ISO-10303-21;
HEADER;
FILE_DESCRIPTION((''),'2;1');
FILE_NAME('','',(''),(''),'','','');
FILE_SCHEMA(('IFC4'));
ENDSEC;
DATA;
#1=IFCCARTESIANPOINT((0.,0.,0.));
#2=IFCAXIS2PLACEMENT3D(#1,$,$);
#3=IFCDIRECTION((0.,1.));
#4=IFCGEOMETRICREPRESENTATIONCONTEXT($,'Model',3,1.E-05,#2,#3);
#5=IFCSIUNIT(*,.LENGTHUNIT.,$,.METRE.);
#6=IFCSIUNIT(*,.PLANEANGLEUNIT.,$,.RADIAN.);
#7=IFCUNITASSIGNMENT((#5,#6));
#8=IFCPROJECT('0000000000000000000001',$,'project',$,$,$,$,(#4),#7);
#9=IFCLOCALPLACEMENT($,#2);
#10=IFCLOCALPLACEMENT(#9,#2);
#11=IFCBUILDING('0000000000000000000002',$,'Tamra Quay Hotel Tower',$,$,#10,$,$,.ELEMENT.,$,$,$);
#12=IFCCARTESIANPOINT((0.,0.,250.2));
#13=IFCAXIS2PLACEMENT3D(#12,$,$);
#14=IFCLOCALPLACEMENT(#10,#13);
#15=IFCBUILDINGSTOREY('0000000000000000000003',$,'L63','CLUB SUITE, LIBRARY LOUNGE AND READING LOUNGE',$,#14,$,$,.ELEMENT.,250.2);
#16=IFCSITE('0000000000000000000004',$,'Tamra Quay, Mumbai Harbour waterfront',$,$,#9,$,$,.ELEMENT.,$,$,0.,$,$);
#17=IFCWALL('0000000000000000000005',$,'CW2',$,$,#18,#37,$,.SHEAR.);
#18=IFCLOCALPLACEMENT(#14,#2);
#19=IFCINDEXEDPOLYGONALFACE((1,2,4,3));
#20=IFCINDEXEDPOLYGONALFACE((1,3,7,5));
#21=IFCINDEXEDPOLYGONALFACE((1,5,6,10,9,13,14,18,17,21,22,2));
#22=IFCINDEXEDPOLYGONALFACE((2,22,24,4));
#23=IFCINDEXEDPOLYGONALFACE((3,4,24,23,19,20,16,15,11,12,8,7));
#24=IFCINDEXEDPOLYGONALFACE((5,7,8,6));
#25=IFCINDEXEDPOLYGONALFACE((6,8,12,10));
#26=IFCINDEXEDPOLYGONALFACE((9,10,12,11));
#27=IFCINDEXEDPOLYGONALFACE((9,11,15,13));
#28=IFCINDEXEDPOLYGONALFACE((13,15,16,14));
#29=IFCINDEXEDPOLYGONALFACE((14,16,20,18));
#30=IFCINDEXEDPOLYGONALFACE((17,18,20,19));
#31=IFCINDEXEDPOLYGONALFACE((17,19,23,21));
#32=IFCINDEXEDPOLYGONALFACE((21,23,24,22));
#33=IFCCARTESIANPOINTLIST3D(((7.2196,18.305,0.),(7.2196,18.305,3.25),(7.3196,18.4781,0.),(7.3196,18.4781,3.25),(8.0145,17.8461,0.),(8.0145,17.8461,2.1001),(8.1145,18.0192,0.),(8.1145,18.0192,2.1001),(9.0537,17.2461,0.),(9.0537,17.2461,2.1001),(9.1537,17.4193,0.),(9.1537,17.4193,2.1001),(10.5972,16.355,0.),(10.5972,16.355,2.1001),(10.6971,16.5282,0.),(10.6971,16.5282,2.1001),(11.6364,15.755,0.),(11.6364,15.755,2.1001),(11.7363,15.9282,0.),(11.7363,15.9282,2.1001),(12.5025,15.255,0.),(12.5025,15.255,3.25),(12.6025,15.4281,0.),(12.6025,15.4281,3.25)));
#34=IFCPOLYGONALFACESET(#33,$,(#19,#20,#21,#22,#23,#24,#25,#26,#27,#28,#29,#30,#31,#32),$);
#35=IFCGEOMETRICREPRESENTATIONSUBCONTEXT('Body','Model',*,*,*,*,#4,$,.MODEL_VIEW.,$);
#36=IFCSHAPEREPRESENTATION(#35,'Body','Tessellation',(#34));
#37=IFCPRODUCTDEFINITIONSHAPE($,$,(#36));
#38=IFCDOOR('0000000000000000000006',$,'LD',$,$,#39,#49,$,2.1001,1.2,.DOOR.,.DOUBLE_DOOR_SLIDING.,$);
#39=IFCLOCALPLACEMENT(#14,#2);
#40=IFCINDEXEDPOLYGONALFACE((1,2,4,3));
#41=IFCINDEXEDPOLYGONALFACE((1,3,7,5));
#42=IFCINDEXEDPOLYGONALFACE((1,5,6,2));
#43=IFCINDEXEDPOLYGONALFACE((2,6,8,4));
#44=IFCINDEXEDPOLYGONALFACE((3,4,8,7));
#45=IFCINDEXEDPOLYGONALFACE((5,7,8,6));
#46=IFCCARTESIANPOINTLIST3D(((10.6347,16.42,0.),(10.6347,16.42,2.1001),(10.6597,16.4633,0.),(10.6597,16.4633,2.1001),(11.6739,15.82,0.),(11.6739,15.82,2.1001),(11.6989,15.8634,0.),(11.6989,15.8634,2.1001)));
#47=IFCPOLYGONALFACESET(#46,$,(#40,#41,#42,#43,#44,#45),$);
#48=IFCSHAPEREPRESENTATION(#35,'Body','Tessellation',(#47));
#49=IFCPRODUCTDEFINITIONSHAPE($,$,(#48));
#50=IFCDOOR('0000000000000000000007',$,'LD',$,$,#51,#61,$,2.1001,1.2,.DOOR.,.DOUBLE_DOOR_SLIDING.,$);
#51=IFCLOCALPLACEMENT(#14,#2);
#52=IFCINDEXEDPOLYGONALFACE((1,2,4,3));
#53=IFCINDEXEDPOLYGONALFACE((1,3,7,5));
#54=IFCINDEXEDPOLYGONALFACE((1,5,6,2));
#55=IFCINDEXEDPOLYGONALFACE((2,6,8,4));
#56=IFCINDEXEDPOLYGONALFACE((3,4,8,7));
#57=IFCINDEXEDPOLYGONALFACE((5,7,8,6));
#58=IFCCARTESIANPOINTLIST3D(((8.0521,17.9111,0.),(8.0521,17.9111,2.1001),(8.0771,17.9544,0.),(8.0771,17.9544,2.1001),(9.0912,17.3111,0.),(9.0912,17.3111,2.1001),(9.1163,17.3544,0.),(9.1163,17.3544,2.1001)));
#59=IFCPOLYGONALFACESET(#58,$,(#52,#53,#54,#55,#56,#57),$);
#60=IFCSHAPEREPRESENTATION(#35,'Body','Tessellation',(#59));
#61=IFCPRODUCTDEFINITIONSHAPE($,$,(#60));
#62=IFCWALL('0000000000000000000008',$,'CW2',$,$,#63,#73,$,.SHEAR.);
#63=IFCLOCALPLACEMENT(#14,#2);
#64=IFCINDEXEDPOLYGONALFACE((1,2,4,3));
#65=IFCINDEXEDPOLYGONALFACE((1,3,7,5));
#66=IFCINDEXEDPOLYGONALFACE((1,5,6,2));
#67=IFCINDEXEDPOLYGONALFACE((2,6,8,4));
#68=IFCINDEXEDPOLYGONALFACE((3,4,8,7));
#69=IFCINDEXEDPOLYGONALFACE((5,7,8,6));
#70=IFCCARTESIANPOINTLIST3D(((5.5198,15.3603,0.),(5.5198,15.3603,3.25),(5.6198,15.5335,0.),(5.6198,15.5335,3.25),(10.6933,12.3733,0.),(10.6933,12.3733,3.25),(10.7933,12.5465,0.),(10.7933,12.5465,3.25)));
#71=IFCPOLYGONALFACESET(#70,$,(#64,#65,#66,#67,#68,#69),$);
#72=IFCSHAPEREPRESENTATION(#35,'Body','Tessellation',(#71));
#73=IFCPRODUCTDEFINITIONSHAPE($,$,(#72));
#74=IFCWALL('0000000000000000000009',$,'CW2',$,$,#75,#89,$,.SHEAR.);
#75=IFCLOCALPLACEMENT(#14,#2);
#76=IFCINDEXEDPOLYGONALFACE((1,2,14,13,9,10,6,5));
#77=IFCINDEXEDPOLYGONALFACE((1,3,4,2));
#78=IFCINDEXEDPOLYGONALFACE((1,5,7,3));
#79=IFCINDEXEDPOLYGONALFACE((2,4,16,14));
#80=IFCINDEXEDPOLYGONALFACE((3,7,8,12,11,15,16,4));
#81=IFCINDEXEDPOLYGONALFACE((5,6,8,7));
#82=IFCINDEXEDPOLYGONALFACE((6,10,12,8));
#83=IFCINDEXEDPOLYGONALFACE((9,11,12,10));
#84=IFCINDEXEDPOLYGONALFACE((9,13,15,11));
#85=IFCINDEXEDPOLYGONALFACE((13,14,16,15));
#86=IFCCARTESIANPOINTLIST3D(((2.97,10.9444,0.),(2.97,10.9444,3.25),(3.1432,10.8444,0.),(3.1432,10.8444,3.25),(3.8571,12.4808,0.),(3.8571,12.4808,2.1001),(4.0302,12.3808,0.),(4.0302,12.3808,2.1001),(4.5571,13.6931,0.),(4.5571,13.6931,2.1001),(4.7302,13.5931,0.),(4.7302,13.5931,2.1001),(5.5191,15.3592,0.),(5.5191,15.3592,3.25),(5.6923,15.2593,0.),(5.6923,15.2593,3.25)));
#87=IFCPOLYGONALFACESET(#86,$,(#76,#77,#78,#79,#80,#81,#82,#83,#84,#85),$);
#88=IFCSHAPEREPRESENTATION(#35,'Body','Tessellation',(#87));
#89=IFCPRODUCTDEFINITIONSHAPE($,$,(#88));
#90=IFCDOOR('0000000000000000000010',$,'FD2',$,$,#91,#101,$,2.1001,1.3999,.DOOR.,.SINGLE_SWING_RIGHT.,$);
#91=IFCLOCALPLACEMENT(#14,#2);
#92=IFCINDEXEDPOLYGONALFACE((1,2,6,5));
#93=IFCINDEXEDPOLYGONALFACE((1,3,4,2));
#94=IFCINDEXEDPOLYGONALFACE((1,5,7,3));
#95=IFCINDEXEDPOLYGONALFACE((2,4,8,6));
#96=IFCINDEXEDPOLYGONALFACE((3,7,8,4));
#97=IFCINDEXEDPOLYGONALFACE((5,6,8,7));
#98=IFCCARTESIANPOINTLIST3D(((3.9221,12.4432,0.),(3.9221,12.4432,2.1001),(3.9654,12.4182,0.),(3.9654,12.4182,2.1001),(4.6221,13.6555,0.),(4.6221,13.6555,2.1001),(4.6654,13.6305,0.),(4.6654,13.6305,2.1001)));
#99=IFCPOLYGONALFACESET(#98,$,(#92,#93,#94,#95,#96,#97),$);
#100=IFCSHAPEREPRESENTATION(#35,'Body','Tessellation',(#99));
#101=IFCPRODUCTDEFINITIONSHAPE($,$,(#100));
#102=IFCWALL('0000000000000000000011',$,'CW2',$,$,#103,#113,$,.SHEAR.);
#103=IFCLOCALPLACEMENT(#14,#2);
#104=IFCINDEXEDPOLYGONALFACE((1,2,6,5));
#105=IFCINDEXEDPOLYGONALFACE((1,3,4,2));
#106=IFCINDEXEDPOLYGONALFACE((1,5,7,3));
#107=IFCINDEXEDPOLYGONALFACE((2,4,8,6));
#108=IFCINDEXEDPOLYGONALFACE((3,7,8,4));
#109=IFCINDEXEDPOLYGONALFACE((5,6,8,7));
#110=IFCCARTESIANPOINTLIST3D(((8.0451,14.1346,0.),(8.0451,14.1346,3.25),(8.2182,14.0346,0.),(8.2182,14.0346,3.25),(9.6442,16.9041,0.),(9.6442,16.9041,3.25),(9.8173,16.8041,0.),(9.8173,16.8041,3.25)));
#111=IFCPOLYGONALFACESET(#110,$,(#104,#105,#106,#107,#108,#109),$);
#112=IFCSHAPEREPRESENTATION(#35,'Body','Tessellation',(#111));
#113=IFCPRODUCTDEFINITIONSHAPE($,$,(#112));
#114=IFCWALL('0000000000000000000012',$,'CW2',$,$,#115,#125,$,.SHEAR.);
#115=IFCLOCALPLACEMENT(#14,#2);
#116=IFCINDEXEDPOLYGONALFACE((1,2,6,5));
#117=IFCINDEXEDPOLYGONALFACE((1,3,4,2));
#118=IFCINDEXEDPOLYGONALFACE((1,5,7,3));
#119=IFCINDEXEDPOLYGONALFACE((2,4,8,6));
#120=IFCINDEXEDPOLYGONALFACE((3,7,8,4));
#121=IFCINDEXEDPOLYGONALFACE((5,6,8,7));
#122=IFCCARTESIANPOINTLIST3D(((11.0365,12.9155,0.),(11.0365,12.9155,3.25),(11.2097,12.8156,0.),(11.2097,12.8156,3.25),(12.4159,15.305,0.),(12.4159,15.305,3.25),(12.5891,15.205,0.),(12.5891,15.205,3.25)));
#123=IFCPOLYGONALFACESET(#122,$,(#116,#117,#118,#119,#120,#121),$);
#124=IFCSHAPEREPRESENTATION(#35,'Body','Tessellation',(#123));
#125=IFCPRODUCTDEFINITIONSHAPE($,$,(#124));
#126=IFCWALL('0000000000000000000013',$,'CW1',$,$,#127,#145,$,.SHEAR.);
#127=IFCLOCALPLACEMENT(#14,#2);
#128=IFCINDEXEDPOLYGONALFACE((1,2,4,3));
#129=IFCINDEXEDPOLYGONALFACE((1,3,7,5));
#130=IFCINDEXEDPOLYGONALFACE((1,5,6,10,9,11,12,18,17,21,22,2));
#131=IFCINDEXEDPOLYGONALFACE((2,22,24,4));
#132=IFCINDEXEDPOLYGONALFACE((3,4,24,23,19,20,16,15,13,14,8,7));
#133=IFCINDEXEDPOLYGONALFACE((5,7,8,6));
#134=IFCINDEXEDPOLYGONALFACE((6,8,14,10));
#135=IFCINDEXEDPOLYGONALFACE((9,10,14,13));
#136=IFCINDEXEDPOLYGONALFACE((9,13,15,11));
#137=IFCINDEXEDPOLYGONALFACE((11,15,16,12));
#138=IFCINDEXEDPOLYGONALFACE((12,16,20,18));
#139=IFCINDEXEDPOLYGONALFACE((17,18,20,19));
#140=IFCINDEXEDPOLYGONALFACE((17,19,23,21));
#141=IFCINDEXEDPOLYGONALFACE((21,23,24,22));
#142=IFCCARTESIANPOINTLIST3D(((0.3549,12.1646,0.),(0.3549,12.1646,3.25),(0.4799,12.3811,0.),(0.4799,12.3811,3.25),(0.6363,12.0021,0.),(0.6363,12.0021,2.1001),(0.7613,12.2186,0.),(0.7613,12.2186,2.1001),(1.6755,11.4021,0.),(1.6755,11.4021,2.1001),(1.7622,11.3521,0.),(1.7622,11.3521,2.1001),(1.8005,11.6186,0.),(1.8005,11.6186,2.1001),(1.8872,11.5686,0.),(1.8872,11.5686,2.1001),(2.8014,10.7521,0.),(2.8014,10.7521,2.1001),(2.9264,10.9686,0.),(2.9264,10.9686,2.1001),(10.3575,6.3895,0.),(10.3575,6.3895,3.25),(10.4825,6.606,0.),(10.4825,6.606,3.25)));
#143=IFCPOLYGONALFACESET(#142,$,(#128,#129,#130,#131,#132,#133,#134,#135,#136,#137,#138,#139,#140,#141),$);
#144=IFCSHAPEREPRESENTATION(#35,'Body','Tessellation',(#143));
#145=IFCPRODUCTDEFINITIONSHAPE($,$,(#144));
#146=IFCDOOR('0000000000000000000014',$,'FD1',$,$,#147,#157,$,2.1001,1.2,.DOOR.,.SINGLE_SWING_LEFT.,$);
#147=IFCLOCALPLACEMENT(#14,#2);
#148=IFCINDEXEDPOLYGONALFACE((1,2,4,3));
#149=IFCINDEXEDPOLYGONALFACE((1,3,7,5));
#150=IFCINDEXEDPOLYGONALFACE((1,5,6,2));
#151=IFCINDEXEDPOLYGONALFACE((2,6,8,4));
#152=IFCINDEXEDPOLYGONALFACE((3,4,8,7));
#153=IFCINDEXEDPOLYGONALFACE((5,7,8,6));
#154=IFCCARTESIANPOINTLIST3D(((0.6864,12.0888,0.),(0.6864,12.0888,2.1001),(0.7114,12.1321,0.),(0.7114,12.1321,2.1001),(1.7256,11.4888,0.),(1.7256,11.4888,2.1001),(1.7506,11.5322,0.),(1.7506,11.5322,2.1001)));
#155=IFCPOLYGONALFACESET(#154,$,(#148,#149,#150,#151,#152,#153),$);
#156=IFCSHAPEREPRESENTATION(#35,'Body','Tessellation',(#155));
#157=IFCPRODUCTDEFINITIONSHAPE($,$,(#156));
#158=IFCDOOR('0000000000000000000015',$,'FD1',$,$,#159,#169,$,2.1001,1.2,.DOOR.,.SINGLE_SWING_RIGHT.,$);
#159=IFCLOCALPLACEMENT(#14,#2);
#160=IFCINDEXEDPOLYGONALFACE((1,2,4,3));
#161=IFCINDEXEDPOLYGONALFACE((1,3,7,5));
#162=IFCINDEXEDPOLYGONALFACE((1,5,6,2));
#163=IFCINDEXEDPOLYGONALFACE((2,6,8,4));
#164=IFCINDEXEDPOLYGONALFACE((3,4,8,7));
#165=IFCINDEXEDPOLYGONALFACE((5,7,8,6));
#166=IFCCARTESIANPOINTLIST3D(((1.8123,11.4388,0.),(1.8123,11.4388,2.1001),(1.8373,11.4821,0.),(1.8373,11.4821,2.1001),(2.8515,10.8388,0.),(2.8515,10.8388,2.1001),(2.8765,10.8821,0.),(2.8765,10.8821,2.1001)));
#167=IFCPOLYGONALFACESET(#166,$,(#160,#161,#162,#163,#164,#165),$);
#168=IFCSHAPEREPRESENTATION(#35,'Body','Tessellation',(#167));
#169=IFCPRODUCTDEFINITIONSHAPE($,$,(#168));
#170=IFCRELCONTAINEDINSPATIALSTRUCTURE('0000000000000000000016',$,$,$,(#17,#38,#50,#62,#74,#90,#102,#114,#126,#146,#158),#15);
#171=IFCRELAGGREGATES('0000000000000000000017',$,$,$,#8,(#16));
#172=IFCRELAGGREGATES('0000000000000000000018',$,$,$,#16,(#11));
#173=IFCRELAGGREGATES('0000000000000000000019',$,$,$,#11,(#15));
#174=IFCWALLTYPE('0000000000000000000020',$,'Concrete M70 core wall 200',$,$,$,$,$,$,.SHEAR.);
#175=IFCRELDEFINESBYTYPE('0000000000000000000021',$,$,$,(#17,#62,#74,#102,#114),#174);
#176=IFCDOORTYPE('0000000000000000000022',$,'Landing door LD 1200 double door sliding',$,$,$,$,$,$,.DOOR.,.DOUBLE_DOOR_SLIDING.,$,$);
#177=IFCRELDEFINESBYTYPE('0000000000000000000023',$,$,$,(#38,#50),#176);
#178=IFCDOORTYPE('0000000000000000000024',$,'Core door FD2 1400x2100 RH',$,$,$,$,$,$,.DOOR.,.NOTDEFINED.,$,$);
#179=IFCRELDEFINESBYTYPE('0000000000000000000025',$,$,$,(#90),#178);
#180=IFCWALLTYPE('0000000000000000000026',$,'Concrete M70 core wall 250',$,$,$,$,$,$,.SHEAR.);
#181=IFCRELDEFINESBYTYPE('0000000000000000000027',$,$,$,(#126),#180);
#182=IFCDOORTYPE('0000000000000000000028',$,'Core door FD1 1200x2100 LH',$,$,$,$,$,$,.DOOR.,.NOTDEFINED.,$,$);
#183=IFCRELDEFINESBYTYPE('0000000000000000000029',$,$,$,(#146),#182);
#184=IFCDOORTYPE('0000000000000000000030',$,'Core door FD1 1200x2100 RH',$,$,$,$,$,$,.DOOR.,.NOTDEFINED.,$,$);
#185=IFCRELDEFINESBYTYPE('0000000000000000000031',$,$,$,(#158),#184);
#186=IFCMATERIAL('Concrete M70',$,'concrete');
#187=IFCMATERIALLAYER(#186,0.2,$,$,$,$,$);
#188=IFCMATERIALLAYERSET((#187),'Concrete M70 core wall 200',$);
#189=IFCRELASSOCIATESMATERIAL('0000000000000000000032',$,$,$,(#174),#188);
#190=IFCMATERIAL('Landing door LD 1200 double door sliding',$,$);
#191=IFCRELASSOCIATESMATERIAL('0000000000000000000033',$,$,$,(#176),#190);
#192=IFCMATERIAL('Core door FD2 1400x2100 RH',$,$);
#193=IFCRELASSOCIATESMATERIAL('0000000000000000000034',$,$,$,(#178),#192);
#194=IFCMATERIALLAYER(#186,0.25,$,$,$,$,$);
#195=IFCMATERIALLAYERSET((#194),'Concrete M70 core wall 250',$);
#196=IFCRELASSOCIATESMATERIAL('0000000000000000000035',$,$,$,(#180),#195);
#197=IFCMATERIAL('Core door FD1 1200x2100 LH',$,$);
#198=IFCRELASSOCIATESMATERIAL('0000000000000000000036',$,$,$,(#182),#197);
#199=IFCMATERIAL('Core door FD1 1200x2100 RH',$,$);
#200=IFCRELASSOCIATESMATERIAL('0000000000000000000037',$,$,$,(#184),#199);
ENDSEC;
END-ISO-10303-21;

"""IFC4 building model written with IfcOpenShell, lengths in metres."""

from ifc_helpers import new_model, si_unit, direction, frame, frame_2d, origin, place, context, subcontext, project, spatial, rectangle, extrude, material, layer, layer_set, type_object, element, fill, save


model = new_model("IFC4")

# Units and contexts
model_context = context("Model", 3, precision=1e-05, world=origin(), true_north=direction((0.0, 1.0)))
body_context = subcontext(model_context, "Body", "Model", "MODEL_VIEW")
ifc_project = project(units=[si_unit("LENGTHUNIT", "METRE"), si_unit("PLANEANGLEUNIT", "RADIAN")], contexts=[model_context])

# Site, building, storey
site_placement = place(None, origin())
site = spatial("IfcSite", under=ifc_project, at=site_placement, Name="Tamra Quay, Mumbai Harbour waterfront", CompositionType="ELEMENT", RefElevation=0.0)
building_placement = place(site_placement, origin())
building = spatial("IfcBuilding", under=site, at=building_placement, Name="Tamra Quay Hotel Tower", CompositionType="ELEMENT")
storey_placement = place(building_placement, frame((0.0, 0.0, 250.2)))
storey = spatial("IfcBuildingStorey", under=building, at=storey_placement, Name="L63", Description="CLUB SUITE, LIBRARY LOUNGE AND READING LOUNGE", CompositionType="ELEMENT", Elevation=250.2)

# Wall, openings, doors
ifc_material_1 = material(Name="Concrete M70", Category="concrete")
ifc_layer_1 = layer(ifc_material_1, 0.2)
ifc_layer_set_1 = layer_set([ifc_layer_1], Name="Concrete M70 core wall 200")
wall_type_1 = type_object("IfcWallType", Name="Concrete M70 core wall 200", PredefinedType="SHEAR", material=ifc_layer_set_1)
wall_1_placement = place(storey_placement, frame((12.5525, 15.3416, 0.0), z_axis=(0.0, 0.0, 1.0), x_axis=(-0.86603, 0.499992, 0.0)))
wall_1 = element("IfcWall", 1, at=wall_1_placement, inside=storey, type_object=wall_type_1, Name="CW2", PredefinedType="SHEAR", context=body_context, shape_type="SweptSolid", body=[
    extrude(rectangle(XDim=6.1001, YDim=0.2, at=frame_2d((3.05, 0.0))), origin(), (0.0, 0.0, 1.0), 3.25),
])
opening_1_placement = place(wall_1_placement, frame((1.0, 0.0, 0.0)))
opening_1 = element("IfcOpeningElement", 2, at=opening_1_placement, cuts=wall_1, PredefinedType="OPENING", context=body_context, shape_type="SweptSolid", body=[
    extrude(rectangle(XDim=1.2, YDim=2.1001, at=frame_2d((0.6001, 1.05))), frame((0.0, 0.1099, 0.0), z_axis=(0.0, -1.0, 0.0), x_axis=(1.0, 0.0, 0.0)), (0.0, 0.0, 1.0), 0.22),
])
opening_2_placement = place(wall_1_placement, frame((3.9822, 0.0, 0.0)))
opening_2 = element("IfcOpeningElement", 3, at=opening_2_placement, cuts=wall_1, PredefinedType="OPENING", context=body_context, shape_type="SweptSolid", body=[
    extrude(rectangle(XDim=1.2, YDim=2.1001, at=frame_2d((0.6001, 1.05))), frame((0.0, 0.1099, 0.0), z_axis=(0.0, -1.0, 0.0), x_axis=(1.0, 0.0, 0.0)), (0.0, 0.0, 1.0), 0.22),
])
ifc_material_2 = material(Name="Landing door LD 1200 double door sliding")
door_type_1 = type_object("IfcDoorType", Name="Landing door LD 1200 double door sliding", OperationType="DOUBLE_DOOR_SLIDING", PredefinedType="DOOR", material=ifc_material_2)
door_1_placement = place(opening_1_placement, origin())
door_1 = element("IfcDoor", 4, at=door_1_placement, inside=storey, type_object=door_type_1, Name="LD", OperationType="DOUBLE_DOOR_SLIDING", OverallHeight=2.1001, OverallWidth=1.2, PredefinedType="DOOR", context=body_context, shape_type="SweptSolid", body=[
    extrude(rectangle(XDim=1.2, YDim=2.1001, at=frame_2d((0.6001, 1.05))), frame((0.0, 0.0249, 0.0), z_axis=(0.0, -1.0, 0.0), x_axis=(1.0, 0.0, 0.0)), (0.0, 0.0, 1.0), 0.05),
])
fill(opening_1, door_1)
door_2_placement = place(opening_2_placement, origin())
door_2 = element("IfcDoor", 5, at=door_2_placement, inside=storey, type_object=door_type_1, Name="LD", OperationType="DOUBLE_DOOR_SLIDING", OverallHeight=2.1001, OverallWidth=1.2, PredefinedType="DOOR", context=body_context, shape_type="SweptSolid", body=[
    extrude(rectangle(XDim=1.2, YDim=2.1001, at=frame_2d((0.6001, 1.05))), frame((0.0, 0.0249, 0.0), z_axis=(0.0, -1.0, 0.0), x_axis=(1.0, 0.0, 0.0)), (0.0, 0.0, 1.0), 0.05),
])
fill(opening_2, door_2)

# Wall
wall_2_placement = place(storey_placement, frame((10.7432, 12.46, 0.0), z_axis=(0.0, 0.0, 1.0), x_axis=(-0.866019, 0.500011, 0.0)))
element("IfcWall", 6, at=wall_2_placement, inside=storey, type_object=wall_type_1, Name="CW2", PredefinedType="SHEAR", context=body_context, shape_type="SweptSolid", body=[
    extrude(rectangle(XDim=5.9739, YDim=0.2, at=frame_2d((2.9868, 0.0))), origin(), (0.0, 0.0, 1.0), 3.25),
])

# Wall, opening, door
wall_3_placement = place(storey_placement, frame((3.0566, 10.8945, 0.0), z_axis=(0.0, 0.0, 1.0), x_axis=(0.500028, 0.866009, 0.0)))
wall_3 = element("IfcWall", 7, at=wall_3_placement, inside=storey, type_object=wall_type_1, Name="CW2", PredefinedType="SHEAR", context=body_context, shape_type="SweptSolid", body=[
    extrude(rectangle(XDim=5.0979, YDim=0.2, at=frame_2d((2.5488, 0.0))), origin(), (0.0, 0.0, 1.0), 3.25),
])
opening_3_placement = place(wall_3_placement, frame((1.7739, 0.0, 0.0)))
opening_3 = element("IfcOpeningElement", 8, at=opening_3_placement, cuts=wall_3, PredefinedType="OPENING", context=body_context, shape_type="SweptSolid", body=[
    extrude(rectangle(XDim=1.3999, YDim=2.1001, at=frame_2d((0.7, 1.05))), frame((0.0, 0.1099, 0.0), z_axis=(0.0, -1.0, 0.0), x_axis=(1.0, 0.0, 0.0)), (0.0, 0.0, 1.0), 0.22),
])
ifc_material_3 = material(Name="Core door FD2 1400x2100 RH")
door_type_2 = type_object("IfcDoorType", Name="Core door FD2 1400x2100 RH", OperationType="NOTDEFINED", PredefinedType="DOOR", material=ifc_material_3)
door_3_placement = place(opening_3_placement, origin())
door_3 = element("IfcDoor", 9, at=door_3_placement, inside=storey, type_object=door_type_2, Name="FD2", OperationType="SINGLE_SWING_RIGHT", OverallHeight=2.1001, OverallWidth=1.3999, PredefinedType="DOOR", context=body_context, shape_type="SweptSolid", body=[
    extrude(rectangle(XDim=1.3999, YDim=2.1001, at=frame_2d((0.7, 1.05))), frame((0.0, 0.0249, 0.0), z_axis=(0.0, -1.0, 0.0), x_axis=(1.0, 0.0, 0.0)), (0.0, 0.0, 1.0), 0.05),
])
fill(opening_3, door_3)

# Walls
wall_4_placement = place(storey_placement, frame((8.1316, 14.0845, 0.0), z_axis=(0.0, 0.0, 1.0), x_axis=(0.500031, 0.866008, 0.0)))
element("IfcWall", 10, at=wall_4_placement, inside=storey, type_object=wall_type_1, Name="CW2", PredefinedType="SHEAR", context=body_context, shape_type="SweptSolid", body=[
    extrude(rectangle(XDim=3.198, YDim=0.2, at=frame_2d((1.5991, 0.0))), origin(), (0.0, 0.0, 1.0), 3.25),
])
wall_5_placement = place(storey_placement, frame((12.5024, 15.2549, 0.0), z_axis=(0.0, 0.0, 1.0), x_axis=(-0.499965, -0.866046, 0.0)))
element("IfcWall", 11, at=wall_5_placement, inside=storey, type_object=wall_type_1, Name="CW2", PredefinedType="SHEAR", context=body_context, shape_type="SweptSolid", body=[
    extrude(rectangle(XDim=2.759, YDim=0.2, at=frame_2d((1.3794, 0.0))), origin(), (0.0, 0.0, 1.0), 3.25),
])

# Wall, openings, doors
ifc_layer_2 = layer(ifc_material_1, 0.25)
ifc_layer_set_2 = layer_set([ifc_layer_2], Name="Concrete M70 core wall 250")
wall_type_2 = type_object("IfcWallType", Name="Concrete M70 core wall 250", PredefinedType="SHEAR", material=ifc_layer_set_2)
wall_6_placement = place(storey_placement, frame((10.4199, 6.4978, 0.0), z_axis=(0.0, 0.0, 1.0), x_axis=(-0.866022, 0.500006, 0.0)))
wall_6 = element("IfcWall", 12, at=wall_6_placement, inside=storey, type_object=wall_type_2, Name="CW1", PredefinedType="SHEAR", context=body_context, shape_type="SweptSolid", body=[
    extrude(rectangle(XDim=11.55, YDim=0.25, at=frame_2d((5.7749, 0.0))), origin(), (0.0, 0.0, 1.0), 3.25),
])
opening_4_placement = place(wall_6_placement, frame((10.0249, 0.0, 0.0)))
opening_4 = element("IfcOpeningElement", 13, at=opening_4_placement, cuts=wall_6, PredefinedType="OPENING", context=body_context, shape_type="SweptSolid", body=[
    extrude(rectangle(XDim=1.2, YDim=2.1001, at=frame_2d((0.6001, 1.05))), frame((0.0, 0.135, 0.0), z_axis=(0.0, -1.0, 0.0), x_axis=(1.0, 0.0, 0.0)), (0.0, 0.0, 1.0), 0.27),
])
opening_5_placement = place(wall_6_placement, frame((8.7249, 0.0, 0.0)))
opening_5 = element("IfcOpeningElement", 14, at=opening_5_placement, cuts=wall_6, PredefinedType="OPENING", context=body_context, shape_type="SweptSolid", body=[
    extrude(rectangle(XDim=1.2, YDim=2.1001, at=frame_2d((0.6001, 1.05))), frame((0.0, 0.135, 0.0), z_axis=(0.0, -1.0, 0.0), x_axis=(1.0, 0.0, 0.0)), (0.0, 0.0, 1.0), 0.27),
])
ifc_material_4 = material(Name="Core door FD1 1200x2100 LH")
door_type_3 = type_object("IfcDoorType", Name="Core door FD1 1200x2100 LH", OperationType="NOTDEFINED", PredefinedType="DOOR", material=ifc_material_4)
door_4_placement = place(opening_4_placement, origin())
door_4 = element("IfcDoor", 15, at=door_4_placement, inside=storey, type_object=door_type_3, Name="FD1", OperationType="SINGLE_SWING_LEFT", OverallHeight=2.1001, OverallWidth=1.2, PredefinedType="DOOR", context=body_context, shape_type="SweptSolid", body=[
    extrude(rectangle(XDim=1.2, YDim=2.1001, at=frame_2d((0.6001, 1.05))), frame((0.0, 0.0249, 0.0), z_axis=(0.0, -1.0, 0.0), x_axis=(1.0, 0.0, 0.0)), (0.0, 0.0, 1.0), 0.05),
])
fill(opening_4, door_4)
ifc_material_5 = material(Name="Core door FD1 1200x2100 RH")
door_type_4 = type_object("IfcDoorType", Name="Core door FD1 1200x2100 RH", OperationType="NOTDEFINED", PredefinedType="DOOR", material=ifc_material_5)
door_5_placement = place(opening_5_placement, origin())
door_5 = element("IfcDoor", 16, at=door_5_placement, inside=storey, type_object=door_type_4, Name="FD1", OperationType="SINGLE_SWING_RIGHT", OverallHeight=2.1001, OverallWidth=1.2, PredefinedType="DOOR", context=body_context, shape_type="SweptSolid", body=[
    extrude(rectangle(XDim=1.2, YDim=2.1001, at=frame_2d((0.6001, 1.05))), frame((0.0, 0.0249, 0.0), z_axis=(0.0, -1.0, 0.0), x_axis=(1.0, 0.0, 0.0)), (0.0, 0.0, 1.0), 0.05),
])
fill(opening_5, door_5)

save(model, "model.ifc")
